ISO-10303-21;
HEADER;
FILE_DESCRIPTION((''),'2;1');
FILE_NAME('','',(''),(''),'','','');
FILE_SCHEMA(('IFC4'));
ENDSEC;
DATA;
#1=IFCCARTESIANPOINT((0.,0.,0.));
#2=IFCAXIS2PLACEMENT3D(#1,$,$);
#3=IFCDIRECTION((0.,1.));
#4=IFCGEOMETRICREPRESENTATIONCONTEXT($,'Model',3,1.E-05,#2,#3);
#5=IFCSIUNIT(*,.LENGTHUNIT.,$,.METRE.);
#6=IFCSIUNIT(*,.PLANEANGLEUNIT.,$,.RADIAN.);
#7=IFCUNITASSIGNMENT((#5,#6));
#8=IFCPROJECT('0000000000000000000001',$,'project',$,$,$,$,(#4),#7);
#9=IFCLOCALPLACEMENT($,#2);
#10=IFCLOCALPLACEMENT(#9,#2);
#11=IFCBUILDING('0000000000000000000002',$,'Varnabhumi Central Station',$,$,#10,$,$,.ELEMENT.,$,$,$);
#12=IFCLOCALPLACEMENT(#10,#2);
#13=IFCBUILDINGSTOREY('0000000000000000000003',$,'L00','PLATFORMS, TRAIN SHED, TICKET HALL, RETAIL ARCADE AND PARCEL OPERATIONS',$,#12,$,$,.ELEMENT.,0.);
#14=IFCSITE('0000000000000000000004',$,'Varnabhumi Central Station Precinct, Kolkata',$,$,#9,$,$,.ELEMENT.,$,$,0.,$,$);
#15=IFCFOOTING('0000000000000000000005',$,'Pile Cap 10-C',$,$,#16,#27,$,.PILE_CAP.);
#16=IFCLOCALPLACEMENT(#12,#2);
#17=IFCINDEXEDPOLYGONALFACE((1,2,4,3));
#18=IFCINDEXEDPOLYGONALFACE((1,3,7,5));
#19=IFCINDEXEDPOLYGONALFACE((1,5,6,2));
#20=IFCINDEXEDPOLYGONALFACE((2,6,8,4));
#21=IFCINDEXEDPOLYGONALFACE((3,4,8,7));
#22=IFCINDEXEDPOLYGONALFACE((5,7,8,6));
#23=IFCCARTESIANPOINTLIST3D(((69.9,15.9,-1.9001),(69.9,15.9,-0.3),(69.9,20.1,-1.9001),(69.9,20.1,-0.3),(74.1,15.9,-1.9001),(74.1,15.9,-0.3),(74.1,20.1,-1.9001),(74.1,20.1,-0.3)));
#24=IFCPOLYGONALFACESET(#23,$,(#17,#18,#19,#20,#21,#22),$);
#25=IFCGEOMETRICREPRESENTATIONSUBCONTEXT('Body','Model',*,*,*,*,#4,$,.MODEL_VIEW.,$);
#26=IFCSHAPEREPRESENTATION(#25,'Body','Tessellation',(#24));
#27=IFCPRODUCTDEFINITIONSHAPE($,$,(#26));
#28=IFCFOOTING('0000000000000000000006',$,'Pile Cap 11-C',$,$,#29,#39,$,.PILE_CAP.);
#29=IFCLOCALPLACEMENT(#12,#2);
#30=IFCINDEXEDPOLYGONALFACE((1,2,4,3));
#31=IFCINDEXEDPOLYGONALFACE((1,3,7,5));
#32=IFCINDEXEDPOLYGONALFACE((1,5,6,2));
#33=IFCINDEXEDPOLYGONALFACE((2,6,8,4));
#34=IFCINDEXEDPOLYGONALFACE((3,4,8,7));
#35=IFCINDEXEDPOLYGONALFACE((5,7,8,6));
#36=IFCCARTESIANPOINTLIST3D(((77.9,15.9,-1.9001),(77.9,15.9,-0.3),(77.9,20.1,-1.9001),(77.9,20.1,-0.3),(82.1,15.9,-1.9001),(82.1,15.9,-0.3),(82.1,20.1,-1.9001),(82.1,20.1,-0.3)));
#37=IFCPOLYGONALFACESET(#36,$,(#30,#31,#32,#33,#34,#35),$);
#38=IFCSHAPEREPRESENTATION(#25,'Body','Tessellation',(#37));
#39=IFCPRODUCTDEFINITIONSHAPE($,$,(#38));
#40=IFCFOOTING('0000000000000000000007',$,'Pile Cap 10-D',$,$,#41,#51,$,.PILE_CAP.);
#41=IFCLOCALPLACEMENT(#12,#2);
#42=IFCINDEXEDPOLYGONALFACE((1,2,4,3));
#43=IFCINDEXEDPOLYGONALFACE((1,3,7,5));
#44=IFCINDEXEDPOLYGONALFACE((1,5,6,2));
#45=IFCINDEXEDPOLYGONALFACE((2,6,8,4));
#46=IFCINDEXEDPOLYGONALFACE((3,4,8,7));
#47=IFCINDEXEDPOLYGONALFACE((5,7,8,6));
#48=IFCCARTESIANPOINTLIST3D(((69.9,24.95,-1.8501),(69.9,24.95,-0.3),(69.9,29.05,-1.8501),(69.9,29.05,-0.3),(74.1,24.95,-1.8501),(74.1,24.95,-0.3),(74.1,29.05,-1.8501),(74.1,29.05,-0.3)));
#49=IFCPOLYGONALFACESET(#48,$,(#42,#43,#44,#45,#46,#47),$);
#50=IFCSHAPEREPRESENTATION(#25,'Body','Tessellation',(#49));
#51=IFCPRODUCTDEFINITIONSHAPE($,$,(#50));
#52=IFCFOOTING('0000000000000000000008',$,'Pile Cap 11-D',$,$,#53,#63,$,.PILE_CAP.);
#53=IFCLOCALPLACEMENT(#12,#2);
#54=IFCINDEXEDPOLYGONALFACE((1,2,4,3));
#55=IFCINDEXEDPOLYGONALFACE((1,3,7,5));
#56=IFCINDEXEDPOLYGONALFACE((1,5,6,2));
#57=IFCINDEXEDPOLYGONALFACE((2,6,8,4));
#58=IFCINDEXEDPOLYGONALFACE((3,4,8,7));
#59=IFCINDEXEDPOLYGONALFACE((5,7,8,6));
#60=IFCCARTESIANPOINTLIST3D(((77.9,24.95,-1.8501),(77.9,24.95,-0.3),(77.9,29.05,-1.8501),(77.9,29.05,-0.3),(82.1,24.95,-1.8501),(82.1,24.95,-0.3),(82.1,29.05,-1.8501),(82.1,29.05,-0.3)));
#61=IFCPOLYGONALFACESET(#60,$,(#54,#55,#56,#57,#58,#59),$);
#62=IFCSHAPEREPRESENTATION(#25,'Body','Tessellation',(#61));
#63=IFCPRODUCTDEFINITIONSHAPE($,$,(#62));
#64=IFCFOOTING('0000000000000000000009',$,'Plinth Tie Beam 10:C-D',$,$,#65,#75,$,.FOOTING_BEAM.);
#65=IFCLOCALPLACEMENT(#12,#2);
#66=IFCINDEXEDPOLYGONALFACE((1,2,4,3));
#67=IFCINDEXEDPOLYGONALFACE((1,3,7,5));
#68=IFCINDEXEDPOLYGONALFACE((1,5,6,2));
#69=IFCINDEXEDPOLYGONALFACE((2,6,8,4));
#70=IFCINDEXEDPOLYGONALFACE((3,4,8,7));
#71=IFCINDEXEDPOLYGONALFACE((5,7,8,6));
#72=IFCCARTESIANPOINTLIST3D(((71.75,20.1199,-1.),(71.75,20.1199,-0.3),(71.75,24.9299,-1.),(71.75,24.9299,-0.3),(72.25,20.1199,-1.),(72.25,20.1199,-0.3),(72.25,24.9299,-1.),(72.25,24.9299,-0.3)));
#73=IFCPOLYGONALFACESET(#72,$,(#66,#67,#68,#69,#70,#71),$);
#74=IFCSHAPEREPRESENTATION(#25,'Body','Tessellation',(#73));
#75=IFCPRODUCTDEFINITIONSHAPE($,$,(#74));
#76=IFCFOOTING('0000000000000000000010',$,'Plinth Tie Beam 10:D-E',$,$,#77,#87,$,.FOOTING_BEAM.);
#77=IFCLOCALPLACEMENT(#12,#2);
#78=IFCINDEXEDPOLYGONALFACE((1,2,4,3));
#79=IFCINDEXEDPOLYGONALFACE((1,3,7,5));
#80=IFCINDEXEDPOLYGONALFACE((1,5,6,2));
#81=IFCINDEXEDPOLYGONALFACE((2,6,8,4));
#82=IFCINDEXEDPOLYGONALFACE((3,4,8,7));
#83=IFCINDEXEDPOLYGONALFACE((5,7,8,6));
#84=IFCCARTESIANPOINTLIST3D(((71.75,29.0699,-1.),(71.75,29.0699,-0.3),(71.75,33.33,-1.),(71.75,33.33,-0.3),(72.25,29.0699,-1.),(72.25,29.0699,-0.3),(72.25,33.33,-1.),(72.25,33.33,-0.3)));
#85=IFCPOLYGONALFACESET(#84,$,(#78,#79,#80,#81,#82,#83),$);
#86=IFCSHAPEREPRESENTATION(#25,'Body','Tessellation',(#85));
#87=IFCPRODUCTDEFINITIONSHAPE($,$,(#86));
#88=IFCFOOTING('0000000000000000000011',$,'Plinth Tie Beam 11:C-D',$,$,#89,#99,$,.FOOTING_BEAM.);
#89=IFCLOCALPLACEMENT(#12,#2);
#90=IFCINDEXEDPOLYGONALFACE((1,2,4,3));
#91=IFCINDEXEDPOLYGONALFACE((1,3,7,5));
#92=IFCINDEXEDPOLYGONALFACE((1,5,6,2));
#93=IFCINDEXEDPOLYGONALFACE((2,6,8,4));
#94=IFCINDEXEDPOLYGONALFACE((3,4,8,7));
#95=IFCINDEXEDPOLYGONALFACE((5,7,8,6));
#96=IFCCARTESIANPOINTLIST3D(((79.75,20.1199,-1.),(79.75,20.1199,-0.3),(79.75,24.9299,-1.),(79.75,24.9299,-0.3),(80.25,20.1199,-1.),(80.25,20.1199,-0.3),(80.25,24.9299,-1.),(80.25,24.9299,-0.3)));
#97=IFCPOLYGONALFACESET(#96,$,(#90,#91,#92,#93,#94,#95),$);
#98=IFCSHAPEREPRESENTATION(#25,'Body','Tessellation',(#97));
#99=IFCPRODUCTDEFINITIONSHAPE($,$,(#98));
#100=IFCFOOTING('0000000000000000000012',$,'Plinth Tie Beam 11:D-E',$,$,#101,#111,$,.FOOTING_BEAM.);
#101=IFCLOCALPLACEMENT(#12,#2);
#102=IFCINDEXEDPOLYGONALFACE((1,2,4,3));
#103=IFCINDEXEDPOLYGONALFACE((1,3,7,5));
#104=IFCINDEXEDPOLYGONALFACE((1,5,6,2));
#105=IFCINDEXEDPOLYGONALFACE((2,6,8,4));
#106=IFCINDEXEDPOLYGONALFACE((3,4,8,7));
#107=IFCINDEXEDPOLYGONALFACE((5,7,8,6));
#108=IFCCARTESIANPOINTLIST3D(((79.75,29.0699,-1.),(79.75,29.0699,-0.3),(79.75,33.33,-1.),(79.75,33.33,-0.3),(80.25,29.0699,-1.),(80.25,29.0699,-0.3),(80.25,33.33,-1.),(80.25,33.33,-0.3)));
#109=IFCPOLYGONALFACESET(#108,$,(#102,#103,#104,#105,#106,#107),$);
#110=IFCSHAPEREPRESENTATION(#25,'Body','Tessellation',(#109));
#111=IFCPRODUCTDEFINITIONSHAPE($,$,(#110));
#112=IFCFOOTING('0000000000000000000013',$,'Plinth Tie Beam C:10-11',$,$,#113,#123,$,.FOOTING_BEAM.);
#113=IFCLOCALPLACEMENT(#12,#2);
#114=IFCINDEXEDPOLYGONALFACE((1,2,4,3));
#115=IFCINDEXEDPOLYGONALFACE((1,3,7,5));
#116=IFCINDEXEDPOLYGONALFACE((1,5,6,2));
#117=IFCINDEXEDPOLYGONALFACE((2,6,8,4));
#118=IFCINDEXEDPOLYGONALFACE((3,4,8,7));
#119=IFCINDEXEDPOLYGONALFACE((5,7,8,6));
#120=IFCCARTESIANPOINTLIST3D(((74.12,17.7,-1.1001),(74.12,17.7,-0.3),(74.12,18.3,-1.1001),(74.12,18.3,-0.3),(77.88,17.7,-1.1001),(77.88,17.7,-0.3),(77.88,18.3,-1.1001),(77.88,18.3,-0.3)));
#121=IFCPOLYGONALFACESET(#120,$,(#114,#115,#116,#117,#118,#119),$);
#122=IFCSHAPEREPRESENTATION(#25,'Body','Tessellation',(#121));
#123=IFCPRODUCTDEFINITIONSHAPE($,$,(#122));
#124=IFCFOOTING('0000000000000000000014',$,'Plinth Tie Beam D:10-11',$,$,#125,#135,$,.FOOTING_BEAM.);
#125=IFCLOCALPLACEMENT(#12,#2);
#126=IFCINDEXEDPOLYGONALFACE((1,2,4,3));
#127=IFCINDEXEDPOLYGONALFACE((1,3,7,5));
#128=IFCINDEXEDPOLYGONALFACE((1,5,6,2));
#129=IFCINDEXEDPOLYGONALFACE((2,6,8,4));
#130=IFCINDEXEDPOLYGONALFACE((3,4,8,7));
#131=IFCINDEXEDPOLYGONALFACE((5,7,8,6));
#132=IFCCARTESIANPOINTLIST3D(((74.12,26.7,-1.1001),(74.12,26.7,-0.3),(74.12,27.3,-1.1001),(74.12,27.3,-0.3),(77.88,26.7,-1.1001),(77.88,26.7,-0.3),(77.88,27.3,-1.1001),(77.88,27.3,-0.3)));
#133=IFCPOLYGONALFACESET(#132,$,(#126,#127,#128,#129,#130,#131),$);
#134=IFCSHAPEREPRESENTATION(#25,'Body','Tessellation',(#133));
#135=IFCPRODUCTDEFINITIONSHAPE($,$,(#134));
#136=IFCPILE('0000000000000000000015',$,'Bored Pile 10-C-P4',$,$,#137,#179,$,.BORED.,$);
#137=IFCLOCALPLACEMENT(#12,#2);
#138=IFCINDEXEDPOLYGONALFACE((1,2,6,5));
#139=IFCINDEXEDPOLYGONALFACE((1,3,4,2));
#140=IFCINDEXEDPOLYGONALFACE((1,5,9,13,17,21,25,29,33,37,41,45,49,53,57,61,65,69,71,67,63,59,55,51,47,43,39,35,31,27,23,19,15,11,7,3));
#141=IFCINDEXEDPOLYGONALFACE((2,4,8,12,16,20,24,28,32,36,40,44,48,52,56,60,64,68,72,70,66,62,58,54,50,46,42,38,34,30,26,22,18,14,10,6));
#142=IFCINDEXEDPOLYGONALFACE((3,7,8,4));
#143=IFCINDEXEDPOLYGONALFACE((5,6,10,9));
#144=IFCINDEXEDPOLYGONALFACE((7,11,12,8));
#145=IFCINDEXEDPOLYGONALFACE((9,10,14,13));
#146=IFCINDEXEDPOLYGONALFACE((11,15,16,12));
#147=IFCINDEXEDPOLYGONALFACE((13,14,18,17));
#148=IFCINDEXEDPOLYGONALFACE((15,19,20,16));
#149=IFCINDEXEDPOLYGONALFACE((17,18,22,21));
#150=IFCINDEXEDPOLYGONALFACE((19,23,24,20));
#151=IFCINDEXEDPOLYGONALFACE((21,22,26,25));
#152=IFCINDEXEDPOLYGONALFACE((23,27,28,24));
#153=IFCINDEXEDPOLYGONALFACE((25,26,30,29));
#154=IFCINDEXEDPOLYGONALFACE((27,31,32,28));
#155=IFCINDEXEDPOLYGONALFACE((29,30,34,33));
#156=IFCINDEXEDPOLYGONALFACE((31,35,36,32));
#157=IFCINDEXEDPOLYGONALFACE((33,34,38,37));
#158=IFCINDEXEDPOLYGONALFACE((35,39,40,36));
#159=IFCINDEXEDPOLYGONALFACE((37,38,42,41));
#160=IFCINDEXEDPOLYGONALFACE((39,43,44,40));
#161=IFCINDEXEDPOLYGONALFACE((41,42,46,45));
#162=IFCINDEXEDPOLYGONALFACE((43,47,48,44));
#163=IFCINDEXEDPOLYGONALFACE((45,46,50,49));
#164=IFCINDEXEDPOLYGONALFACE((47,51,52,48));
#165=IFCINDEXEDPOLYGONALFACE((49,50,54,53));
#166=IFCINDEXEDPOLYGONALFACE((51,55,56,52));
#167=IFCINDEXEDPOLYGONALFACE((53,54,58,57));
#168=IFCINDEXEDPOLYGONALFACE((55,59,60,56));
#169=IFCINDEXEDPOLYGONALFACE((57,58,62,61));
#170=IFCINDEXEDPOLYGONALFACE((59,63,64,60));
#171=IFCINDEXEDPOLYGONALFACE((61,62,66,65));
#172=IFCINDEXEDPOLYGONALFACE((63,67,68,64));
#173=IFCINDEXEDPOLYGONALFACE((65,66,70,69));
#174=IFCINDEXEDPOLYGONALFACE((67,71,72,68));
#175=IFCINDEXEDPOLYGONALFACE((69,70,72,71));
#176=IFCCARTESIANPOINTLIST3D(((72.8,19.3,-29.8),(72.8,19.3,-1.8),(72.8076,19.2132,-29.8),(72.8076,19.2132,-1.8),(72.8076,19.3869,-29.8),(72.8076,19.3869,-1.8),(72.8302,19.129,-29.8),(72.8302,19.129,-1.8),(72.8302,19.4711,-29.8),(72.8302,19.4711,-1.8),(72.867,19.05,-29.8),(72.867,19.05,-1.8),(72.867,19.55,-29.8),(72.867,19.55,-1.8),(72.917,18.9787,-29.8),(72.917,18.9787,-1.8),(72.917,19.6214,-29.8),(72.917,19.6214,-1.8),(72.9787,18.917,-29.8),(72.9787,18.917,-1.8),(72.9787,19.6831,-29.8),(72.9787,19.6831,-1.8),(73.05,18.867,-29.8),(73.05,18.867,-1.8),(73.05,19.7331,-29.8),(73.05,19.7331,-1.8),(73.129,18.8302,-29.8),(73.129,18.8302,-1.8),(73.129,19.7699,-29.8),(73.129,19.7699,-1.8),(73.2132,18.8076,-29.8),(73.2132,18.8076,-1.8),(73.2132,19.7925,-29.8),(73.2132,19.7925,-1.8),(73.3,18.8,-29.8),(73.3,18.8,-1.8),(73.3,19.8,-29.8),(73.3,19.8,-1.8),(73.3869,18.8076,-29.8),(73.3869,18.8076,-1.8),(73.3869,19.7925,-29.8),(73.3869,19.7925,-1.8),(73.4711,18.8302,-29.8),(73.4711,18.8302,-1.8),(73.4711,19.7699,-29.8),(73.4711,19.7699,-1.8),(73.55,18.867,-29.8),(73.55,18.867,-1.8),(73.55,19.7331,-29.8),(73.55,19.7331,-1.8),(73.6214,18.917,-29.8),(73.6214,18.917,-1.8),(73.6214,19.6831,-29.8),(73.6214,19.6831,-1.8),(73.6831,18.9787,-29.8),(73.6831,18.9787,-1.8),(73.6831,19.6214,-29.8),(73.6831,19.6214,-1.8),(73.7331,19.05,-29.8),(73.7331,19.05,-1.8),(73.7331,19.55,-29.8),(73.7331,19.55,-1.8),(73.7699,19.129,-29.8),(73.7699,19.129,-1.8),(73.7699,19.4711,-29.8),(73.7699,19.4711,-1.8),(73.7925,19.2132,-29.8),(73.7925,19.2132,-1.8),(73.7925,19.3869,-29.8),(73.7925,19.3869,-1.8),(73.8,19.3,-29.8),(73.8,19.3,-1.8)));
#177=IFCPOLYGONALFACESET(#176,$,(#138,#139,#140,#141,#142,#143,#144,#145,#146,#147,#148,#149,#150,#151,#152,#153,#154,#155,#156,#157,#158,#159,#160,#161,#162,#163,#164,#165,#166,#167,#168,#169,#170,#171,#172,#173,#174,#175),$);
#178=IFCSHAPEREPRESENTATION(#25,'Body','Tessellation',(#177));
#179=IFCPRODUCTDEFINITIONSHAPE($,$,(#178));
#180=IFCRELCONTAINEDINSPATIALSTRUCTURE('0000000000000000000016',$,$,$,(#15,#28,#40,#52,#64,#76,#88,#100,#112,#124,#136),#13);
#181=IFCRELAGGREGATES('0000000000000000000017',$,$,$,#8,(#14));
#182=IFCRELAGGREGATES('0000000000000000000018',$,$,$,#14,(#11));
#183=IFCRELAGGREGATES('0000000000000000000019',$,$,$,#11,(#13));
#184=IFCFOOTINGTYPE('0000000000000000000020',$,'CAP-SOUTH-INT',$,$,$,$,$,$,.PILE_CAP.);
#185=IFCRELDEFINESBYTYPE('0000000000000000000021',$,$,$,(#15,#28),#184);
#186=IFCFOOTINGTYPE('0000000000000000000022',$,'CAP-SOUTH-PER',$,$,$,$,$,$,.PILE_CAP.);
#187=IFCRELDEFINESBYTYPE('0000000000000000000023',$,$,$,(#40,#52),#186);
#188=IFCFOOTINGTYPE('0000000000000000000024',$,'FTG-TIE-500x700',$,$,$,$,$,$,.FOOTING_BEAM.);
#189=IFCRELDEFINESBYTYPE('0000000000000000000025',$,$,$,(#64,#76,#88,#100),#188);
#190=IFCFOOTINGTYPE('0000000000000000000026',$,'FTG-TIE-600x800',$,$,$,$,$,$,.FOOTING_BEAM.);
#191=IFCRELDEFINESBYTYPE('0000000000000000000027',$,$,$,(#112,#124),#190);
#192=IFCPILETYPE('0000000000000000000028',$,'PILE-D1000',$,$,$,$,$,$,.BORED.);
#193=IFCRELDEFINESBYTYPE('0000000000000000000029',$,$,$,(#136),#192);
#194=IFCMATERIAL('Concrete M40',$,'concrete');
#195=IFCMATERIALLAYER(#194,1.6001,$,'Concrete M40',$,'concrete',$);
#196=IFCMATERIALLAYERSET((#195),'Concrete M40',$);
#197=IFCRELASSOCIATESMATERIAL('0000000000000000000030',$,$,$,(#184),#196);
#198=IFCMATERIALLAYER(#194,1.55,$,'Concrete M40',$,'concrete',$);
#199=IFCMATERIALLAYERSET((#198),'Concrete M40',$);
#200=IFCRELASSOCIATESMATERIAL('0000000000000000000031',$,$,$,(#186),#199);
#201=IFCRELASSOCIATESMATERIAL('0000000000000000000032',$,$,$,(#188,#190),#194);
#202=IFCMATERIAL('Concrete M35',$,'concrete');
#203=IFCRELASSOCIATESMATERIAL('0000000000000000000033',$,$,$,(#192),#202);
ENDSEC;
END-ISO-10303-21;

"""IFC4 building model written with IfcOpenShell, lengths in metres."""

from ifc_helpers import new_model, si_unit, direction, frame, origin, origin_2d, place, context, subcontext, project, spatial, rectangle, circle, extrude, material, layer, layer_set, material_profile, profile_set, type_object, element, save


model = new_model("IFC4")

# Units and contexts
model_context = context("Model", 3, precision=1e-05, world=origin(), true_north=direction((0.0, 1.0)))
body_context = subcontext(model_context, "Body", "Model", "MODEL_VIEW")
ifc_project = project(units=[si_unit("LENGTHUNIT", "METRE"), si_unit("PLANEANGLEUNIT", "RADIAN")], contexts=[model_context])

# Site, building, storey
site_placement = place(None, origin())
site = spatial("IfcSite", under=ifc_project, at=site_placement, Name="Varnabhumi Central Station Precinct, Kolkata", CompositionType="ELEMENT", RefElevation=0.0)
building_placement = place(site_placement, origin())
building = spatial("IfcBuilding", under=site, at=building_placement, Name="Varnabhumi Central Station", CompositionType="ELEMENT")
storey_placement = place(building_placement, origin())
storey = spatial("IfcBuildingStorey", under=building, at=storey_placement, Name="L00", Description="PLATFORMS, TRAIN SHED, TICKET HALL, RETAIL ARCADE AND PARCEL OPERATIONS", CompositionType="ELEMENT", Elevation=0.0)

# Footings
ifc_material_1 = material(Name="Concrete M40", Category="concrete")
ifc_layer_1 = layer(ifc_material_1, 1.6001, Name="Concrete M40", Category="concrete")
ifc_layer_set_1 = layer_set([ifc_layer_1], Name="Concrete M40")
footing_type_1 = type_object("IfcFootingType", Name="CAP-SOUTH-INT", PredefinedType="PILE_CAP", material=ifc_layer_set_1)
for number, where, z_axis, x_axis, name in (
    (1, (72.0, 18.0, -1.9001), (0.0, 0.0, 1.0), (1.0, 0.0, 0.0), "Pile Cap 10-C"),
    (2, (80.0, 18.0, -1.9001), (0.0, 0.0, 1.0), (1.0, 0.0, 0.0), "Pile Cap 11-C"),
):
    element("IfcFooting", number, at=place(storey_placement, frame(where, z_axis=z_axis, x_axis=x_axis)), inside=storey, type_object=footing_type_1, Name=name, PredefinedType="PILE_CAP", context=body_context, shape_type="SweptSolid", body=[
        extrude(rectangle(XDim=4.2, YDim=4.2, at=origin_2d()), origin(), (0.0, 0.0, 1.0), 1.6001),
    ])
ifc_layer_2 = layer(ifc_material_1, 1.55, Name="Concrete M40", Category="concrete")
ifc_layer_set_2 = layer_set([ifc_layer_2], Name="Concrete M40")
footing_type_2 = type_object("IfcFootingType", Name="CAP-SOUTH-PER", PredefinedType="PILE_CAP", material=ifc_layer_set_2)
for number, where, z_axis, x_axis, name in (
    (3, (72.0, 27.0, -1.8501), (0.0, 0.0, 1.0), (1.0, 0.0, 0.0), "Pile Cap 10-D"),
    (4, (80.0, 27.0, -1.8501), (0.0, 0.0, 1.0), (1.0, 0.0, 0.0), "Pile Cap 11-D"),
):
    element("IfcFooting", number, at=place(storey_placement, frame(where, z_axis=z_axis, x_axis=x_axis)), inside=storey, type_object=footing_type_2, Name=name, PredefinedType="PILE_CAP", context=body_context, shape_type="SweptSolid", body=[
        extrude(rectangle(XDim=4.2, YDim=4.1001, at=origin_2d()), origin(), (0.0, 0.0, 1.0), 1.55),
    ])
footing_type_3 = type_object("IfcFootingType", Name="FTG-TIE-500x700", PredefinedType="FOOTING_BEAM", material=ifc_material_1)
footing_1_placement = place(storey_placement, frame((72.0, 22.5249, -1.0), z_axis=(0.0, 0.0, 1.0), x_axis=(1.0, 0.0, 0.0)))
element("IfcFooting", 5, at=footing_1_placement, inside=storey, type_object=footing_type_3, Name="Plinth Tie Beam 10:C-D", PredefinedType="FOOTING_BEAM", context=body_context, shape_type="SweptSolid", body=[
    extrude(rectangle(XDim=0.5, YDim=4.8101, at=origin_2d()), origin(), (0.0, 0.0, 1.0), 0.7),
])
footing_2_placement = place(storey_placement, frame((72.0, 31.2, -1.0), z_axis=(0.0, 0.0, 1.0), x_axis=(1.0, 0.0, 0.0)))
element("IfcFooting", 6, at=footing_2_placement, inside=storey, type_object=footing_type_3, Name="Plinth Tie Beam 10:D-E", PredefinedType="FOOTING_BEAM", context=body_context, shape_type="SweptSolid", body=[
    extrude(rectangle(XDim=0.5, YDim=4.26, at=origin_2d()), origin(), (0.0, 0.0, 1.0), 0.7),
])
footing_3_placement = place(storey_placement, frame((80.0, 22.5249, -1.0), z_axis=(0.0, 0.0, 1.0), x_axis=(1.0, 0.0, 0.0)))
element("IfcFooting", 7, at=footing_3_placement, inside=storey, type_object=footing_type_3, Name="Plinth Tie Beam 11:C-D", PredefinedType="FOOTING_BEAM", context=body_context, shape_type="SweptSolid", body=[
    extrude(rectangle(XDim=0.5, YDim=4.8101, at=origin_2d()), origin(), (0.0, 0.0, 1.0), 0.7),
])
footing_4_placement = place(storey_placement, frame((80.0, 31.2, -1.0), z_axis=(0.0, 0.0, 1.0), x_axis=(1.0, 0.0, 0.0)))
element("IfcFooting", 8, at=footing_4_placement, inside=storey, type_object=footing_type_3, Name="Plinth Tie Beam 11:D-E", PredefinedType="FOOTING_BEAM", context=body_context, shape_type="SweptSolid", body=[
    extrude(rectangle(XDim=0.5, YDim=4.26, at=origin_2d()), origin(), (0.0, 0.0, 1.0), 0.7),
])
footing_type_4 = type_object("IfcFootingType", Name="FTG-TIE-600x800", PredefinedType="FOOTING_BEAM", material=ifc_material_1)
for number, where, z_axis, x_axis, name in (
    (9, (76.0, 18.0, -1.1001), (0.0, 0.0, 1.0), (1.0, 0.0, 0.0), "Plinth Tie Beam C:10-11"),
    (10, (76.0, 27.0, -1.1001), (0.0, 0.0, 1.0), (1.0, 0.0, 0.0), "Plinth Tie Beam D:10-11"),
):
    element("IfcFooting", number, at=place(storey_placement, frame(where, z_axis=z_axis, x_axis=x_axis)), inside=storey, type_object=footing_type_4, Name=name, PredefinedType="FOOTING_BEAM", context=body_context, shape_type="SweptSolid", body=[
        extrude(rectangle(XDim=3.76, YDim=0.6001, at=origin_2d()), origin(), (0.0, 0.0, 1.0), 0.8),
    ])

# Pile
ifc_material_2 = material(Name="Concrete M35", Category="concrete")
ifc_material_profile_1 = material_profile(ifc_material_2, circle(Radius=0.5, at=origin_2d()), Name="Concrete M35", Category="concrete")
ifc_profile_set_1 = profile_set([ifc_material_profile_1], Name="Concrete M35")
pile_type = type_object("IfcPileType", Name="PILE-D1000", PredefinedType="BORED", material=ifc_profile_set_1)
for number, where, z_axis, x_axis, name in (
    (11, (73.3, 19.3, -1.8), (0.0, 0.0, -1.0), (1.0, 0.0, 0.0), "Bored Pile 10-C-P4"),
):
    element("IfcPile", number, at=place(storey_placement, frame(where, z_axis=z_axis, x_axis=x_axis)), inside=storey, type_object=pile_type, Name=name, PredefinedType="BORED", context=body_context, shape_type="SweptSolid", body=[
        extrude(circle(Radius=0.5, at=origin_2d()), origin(), (0.0, 0.0, 1.0), 28.0),
    ])

save(model, "model.ifc")
